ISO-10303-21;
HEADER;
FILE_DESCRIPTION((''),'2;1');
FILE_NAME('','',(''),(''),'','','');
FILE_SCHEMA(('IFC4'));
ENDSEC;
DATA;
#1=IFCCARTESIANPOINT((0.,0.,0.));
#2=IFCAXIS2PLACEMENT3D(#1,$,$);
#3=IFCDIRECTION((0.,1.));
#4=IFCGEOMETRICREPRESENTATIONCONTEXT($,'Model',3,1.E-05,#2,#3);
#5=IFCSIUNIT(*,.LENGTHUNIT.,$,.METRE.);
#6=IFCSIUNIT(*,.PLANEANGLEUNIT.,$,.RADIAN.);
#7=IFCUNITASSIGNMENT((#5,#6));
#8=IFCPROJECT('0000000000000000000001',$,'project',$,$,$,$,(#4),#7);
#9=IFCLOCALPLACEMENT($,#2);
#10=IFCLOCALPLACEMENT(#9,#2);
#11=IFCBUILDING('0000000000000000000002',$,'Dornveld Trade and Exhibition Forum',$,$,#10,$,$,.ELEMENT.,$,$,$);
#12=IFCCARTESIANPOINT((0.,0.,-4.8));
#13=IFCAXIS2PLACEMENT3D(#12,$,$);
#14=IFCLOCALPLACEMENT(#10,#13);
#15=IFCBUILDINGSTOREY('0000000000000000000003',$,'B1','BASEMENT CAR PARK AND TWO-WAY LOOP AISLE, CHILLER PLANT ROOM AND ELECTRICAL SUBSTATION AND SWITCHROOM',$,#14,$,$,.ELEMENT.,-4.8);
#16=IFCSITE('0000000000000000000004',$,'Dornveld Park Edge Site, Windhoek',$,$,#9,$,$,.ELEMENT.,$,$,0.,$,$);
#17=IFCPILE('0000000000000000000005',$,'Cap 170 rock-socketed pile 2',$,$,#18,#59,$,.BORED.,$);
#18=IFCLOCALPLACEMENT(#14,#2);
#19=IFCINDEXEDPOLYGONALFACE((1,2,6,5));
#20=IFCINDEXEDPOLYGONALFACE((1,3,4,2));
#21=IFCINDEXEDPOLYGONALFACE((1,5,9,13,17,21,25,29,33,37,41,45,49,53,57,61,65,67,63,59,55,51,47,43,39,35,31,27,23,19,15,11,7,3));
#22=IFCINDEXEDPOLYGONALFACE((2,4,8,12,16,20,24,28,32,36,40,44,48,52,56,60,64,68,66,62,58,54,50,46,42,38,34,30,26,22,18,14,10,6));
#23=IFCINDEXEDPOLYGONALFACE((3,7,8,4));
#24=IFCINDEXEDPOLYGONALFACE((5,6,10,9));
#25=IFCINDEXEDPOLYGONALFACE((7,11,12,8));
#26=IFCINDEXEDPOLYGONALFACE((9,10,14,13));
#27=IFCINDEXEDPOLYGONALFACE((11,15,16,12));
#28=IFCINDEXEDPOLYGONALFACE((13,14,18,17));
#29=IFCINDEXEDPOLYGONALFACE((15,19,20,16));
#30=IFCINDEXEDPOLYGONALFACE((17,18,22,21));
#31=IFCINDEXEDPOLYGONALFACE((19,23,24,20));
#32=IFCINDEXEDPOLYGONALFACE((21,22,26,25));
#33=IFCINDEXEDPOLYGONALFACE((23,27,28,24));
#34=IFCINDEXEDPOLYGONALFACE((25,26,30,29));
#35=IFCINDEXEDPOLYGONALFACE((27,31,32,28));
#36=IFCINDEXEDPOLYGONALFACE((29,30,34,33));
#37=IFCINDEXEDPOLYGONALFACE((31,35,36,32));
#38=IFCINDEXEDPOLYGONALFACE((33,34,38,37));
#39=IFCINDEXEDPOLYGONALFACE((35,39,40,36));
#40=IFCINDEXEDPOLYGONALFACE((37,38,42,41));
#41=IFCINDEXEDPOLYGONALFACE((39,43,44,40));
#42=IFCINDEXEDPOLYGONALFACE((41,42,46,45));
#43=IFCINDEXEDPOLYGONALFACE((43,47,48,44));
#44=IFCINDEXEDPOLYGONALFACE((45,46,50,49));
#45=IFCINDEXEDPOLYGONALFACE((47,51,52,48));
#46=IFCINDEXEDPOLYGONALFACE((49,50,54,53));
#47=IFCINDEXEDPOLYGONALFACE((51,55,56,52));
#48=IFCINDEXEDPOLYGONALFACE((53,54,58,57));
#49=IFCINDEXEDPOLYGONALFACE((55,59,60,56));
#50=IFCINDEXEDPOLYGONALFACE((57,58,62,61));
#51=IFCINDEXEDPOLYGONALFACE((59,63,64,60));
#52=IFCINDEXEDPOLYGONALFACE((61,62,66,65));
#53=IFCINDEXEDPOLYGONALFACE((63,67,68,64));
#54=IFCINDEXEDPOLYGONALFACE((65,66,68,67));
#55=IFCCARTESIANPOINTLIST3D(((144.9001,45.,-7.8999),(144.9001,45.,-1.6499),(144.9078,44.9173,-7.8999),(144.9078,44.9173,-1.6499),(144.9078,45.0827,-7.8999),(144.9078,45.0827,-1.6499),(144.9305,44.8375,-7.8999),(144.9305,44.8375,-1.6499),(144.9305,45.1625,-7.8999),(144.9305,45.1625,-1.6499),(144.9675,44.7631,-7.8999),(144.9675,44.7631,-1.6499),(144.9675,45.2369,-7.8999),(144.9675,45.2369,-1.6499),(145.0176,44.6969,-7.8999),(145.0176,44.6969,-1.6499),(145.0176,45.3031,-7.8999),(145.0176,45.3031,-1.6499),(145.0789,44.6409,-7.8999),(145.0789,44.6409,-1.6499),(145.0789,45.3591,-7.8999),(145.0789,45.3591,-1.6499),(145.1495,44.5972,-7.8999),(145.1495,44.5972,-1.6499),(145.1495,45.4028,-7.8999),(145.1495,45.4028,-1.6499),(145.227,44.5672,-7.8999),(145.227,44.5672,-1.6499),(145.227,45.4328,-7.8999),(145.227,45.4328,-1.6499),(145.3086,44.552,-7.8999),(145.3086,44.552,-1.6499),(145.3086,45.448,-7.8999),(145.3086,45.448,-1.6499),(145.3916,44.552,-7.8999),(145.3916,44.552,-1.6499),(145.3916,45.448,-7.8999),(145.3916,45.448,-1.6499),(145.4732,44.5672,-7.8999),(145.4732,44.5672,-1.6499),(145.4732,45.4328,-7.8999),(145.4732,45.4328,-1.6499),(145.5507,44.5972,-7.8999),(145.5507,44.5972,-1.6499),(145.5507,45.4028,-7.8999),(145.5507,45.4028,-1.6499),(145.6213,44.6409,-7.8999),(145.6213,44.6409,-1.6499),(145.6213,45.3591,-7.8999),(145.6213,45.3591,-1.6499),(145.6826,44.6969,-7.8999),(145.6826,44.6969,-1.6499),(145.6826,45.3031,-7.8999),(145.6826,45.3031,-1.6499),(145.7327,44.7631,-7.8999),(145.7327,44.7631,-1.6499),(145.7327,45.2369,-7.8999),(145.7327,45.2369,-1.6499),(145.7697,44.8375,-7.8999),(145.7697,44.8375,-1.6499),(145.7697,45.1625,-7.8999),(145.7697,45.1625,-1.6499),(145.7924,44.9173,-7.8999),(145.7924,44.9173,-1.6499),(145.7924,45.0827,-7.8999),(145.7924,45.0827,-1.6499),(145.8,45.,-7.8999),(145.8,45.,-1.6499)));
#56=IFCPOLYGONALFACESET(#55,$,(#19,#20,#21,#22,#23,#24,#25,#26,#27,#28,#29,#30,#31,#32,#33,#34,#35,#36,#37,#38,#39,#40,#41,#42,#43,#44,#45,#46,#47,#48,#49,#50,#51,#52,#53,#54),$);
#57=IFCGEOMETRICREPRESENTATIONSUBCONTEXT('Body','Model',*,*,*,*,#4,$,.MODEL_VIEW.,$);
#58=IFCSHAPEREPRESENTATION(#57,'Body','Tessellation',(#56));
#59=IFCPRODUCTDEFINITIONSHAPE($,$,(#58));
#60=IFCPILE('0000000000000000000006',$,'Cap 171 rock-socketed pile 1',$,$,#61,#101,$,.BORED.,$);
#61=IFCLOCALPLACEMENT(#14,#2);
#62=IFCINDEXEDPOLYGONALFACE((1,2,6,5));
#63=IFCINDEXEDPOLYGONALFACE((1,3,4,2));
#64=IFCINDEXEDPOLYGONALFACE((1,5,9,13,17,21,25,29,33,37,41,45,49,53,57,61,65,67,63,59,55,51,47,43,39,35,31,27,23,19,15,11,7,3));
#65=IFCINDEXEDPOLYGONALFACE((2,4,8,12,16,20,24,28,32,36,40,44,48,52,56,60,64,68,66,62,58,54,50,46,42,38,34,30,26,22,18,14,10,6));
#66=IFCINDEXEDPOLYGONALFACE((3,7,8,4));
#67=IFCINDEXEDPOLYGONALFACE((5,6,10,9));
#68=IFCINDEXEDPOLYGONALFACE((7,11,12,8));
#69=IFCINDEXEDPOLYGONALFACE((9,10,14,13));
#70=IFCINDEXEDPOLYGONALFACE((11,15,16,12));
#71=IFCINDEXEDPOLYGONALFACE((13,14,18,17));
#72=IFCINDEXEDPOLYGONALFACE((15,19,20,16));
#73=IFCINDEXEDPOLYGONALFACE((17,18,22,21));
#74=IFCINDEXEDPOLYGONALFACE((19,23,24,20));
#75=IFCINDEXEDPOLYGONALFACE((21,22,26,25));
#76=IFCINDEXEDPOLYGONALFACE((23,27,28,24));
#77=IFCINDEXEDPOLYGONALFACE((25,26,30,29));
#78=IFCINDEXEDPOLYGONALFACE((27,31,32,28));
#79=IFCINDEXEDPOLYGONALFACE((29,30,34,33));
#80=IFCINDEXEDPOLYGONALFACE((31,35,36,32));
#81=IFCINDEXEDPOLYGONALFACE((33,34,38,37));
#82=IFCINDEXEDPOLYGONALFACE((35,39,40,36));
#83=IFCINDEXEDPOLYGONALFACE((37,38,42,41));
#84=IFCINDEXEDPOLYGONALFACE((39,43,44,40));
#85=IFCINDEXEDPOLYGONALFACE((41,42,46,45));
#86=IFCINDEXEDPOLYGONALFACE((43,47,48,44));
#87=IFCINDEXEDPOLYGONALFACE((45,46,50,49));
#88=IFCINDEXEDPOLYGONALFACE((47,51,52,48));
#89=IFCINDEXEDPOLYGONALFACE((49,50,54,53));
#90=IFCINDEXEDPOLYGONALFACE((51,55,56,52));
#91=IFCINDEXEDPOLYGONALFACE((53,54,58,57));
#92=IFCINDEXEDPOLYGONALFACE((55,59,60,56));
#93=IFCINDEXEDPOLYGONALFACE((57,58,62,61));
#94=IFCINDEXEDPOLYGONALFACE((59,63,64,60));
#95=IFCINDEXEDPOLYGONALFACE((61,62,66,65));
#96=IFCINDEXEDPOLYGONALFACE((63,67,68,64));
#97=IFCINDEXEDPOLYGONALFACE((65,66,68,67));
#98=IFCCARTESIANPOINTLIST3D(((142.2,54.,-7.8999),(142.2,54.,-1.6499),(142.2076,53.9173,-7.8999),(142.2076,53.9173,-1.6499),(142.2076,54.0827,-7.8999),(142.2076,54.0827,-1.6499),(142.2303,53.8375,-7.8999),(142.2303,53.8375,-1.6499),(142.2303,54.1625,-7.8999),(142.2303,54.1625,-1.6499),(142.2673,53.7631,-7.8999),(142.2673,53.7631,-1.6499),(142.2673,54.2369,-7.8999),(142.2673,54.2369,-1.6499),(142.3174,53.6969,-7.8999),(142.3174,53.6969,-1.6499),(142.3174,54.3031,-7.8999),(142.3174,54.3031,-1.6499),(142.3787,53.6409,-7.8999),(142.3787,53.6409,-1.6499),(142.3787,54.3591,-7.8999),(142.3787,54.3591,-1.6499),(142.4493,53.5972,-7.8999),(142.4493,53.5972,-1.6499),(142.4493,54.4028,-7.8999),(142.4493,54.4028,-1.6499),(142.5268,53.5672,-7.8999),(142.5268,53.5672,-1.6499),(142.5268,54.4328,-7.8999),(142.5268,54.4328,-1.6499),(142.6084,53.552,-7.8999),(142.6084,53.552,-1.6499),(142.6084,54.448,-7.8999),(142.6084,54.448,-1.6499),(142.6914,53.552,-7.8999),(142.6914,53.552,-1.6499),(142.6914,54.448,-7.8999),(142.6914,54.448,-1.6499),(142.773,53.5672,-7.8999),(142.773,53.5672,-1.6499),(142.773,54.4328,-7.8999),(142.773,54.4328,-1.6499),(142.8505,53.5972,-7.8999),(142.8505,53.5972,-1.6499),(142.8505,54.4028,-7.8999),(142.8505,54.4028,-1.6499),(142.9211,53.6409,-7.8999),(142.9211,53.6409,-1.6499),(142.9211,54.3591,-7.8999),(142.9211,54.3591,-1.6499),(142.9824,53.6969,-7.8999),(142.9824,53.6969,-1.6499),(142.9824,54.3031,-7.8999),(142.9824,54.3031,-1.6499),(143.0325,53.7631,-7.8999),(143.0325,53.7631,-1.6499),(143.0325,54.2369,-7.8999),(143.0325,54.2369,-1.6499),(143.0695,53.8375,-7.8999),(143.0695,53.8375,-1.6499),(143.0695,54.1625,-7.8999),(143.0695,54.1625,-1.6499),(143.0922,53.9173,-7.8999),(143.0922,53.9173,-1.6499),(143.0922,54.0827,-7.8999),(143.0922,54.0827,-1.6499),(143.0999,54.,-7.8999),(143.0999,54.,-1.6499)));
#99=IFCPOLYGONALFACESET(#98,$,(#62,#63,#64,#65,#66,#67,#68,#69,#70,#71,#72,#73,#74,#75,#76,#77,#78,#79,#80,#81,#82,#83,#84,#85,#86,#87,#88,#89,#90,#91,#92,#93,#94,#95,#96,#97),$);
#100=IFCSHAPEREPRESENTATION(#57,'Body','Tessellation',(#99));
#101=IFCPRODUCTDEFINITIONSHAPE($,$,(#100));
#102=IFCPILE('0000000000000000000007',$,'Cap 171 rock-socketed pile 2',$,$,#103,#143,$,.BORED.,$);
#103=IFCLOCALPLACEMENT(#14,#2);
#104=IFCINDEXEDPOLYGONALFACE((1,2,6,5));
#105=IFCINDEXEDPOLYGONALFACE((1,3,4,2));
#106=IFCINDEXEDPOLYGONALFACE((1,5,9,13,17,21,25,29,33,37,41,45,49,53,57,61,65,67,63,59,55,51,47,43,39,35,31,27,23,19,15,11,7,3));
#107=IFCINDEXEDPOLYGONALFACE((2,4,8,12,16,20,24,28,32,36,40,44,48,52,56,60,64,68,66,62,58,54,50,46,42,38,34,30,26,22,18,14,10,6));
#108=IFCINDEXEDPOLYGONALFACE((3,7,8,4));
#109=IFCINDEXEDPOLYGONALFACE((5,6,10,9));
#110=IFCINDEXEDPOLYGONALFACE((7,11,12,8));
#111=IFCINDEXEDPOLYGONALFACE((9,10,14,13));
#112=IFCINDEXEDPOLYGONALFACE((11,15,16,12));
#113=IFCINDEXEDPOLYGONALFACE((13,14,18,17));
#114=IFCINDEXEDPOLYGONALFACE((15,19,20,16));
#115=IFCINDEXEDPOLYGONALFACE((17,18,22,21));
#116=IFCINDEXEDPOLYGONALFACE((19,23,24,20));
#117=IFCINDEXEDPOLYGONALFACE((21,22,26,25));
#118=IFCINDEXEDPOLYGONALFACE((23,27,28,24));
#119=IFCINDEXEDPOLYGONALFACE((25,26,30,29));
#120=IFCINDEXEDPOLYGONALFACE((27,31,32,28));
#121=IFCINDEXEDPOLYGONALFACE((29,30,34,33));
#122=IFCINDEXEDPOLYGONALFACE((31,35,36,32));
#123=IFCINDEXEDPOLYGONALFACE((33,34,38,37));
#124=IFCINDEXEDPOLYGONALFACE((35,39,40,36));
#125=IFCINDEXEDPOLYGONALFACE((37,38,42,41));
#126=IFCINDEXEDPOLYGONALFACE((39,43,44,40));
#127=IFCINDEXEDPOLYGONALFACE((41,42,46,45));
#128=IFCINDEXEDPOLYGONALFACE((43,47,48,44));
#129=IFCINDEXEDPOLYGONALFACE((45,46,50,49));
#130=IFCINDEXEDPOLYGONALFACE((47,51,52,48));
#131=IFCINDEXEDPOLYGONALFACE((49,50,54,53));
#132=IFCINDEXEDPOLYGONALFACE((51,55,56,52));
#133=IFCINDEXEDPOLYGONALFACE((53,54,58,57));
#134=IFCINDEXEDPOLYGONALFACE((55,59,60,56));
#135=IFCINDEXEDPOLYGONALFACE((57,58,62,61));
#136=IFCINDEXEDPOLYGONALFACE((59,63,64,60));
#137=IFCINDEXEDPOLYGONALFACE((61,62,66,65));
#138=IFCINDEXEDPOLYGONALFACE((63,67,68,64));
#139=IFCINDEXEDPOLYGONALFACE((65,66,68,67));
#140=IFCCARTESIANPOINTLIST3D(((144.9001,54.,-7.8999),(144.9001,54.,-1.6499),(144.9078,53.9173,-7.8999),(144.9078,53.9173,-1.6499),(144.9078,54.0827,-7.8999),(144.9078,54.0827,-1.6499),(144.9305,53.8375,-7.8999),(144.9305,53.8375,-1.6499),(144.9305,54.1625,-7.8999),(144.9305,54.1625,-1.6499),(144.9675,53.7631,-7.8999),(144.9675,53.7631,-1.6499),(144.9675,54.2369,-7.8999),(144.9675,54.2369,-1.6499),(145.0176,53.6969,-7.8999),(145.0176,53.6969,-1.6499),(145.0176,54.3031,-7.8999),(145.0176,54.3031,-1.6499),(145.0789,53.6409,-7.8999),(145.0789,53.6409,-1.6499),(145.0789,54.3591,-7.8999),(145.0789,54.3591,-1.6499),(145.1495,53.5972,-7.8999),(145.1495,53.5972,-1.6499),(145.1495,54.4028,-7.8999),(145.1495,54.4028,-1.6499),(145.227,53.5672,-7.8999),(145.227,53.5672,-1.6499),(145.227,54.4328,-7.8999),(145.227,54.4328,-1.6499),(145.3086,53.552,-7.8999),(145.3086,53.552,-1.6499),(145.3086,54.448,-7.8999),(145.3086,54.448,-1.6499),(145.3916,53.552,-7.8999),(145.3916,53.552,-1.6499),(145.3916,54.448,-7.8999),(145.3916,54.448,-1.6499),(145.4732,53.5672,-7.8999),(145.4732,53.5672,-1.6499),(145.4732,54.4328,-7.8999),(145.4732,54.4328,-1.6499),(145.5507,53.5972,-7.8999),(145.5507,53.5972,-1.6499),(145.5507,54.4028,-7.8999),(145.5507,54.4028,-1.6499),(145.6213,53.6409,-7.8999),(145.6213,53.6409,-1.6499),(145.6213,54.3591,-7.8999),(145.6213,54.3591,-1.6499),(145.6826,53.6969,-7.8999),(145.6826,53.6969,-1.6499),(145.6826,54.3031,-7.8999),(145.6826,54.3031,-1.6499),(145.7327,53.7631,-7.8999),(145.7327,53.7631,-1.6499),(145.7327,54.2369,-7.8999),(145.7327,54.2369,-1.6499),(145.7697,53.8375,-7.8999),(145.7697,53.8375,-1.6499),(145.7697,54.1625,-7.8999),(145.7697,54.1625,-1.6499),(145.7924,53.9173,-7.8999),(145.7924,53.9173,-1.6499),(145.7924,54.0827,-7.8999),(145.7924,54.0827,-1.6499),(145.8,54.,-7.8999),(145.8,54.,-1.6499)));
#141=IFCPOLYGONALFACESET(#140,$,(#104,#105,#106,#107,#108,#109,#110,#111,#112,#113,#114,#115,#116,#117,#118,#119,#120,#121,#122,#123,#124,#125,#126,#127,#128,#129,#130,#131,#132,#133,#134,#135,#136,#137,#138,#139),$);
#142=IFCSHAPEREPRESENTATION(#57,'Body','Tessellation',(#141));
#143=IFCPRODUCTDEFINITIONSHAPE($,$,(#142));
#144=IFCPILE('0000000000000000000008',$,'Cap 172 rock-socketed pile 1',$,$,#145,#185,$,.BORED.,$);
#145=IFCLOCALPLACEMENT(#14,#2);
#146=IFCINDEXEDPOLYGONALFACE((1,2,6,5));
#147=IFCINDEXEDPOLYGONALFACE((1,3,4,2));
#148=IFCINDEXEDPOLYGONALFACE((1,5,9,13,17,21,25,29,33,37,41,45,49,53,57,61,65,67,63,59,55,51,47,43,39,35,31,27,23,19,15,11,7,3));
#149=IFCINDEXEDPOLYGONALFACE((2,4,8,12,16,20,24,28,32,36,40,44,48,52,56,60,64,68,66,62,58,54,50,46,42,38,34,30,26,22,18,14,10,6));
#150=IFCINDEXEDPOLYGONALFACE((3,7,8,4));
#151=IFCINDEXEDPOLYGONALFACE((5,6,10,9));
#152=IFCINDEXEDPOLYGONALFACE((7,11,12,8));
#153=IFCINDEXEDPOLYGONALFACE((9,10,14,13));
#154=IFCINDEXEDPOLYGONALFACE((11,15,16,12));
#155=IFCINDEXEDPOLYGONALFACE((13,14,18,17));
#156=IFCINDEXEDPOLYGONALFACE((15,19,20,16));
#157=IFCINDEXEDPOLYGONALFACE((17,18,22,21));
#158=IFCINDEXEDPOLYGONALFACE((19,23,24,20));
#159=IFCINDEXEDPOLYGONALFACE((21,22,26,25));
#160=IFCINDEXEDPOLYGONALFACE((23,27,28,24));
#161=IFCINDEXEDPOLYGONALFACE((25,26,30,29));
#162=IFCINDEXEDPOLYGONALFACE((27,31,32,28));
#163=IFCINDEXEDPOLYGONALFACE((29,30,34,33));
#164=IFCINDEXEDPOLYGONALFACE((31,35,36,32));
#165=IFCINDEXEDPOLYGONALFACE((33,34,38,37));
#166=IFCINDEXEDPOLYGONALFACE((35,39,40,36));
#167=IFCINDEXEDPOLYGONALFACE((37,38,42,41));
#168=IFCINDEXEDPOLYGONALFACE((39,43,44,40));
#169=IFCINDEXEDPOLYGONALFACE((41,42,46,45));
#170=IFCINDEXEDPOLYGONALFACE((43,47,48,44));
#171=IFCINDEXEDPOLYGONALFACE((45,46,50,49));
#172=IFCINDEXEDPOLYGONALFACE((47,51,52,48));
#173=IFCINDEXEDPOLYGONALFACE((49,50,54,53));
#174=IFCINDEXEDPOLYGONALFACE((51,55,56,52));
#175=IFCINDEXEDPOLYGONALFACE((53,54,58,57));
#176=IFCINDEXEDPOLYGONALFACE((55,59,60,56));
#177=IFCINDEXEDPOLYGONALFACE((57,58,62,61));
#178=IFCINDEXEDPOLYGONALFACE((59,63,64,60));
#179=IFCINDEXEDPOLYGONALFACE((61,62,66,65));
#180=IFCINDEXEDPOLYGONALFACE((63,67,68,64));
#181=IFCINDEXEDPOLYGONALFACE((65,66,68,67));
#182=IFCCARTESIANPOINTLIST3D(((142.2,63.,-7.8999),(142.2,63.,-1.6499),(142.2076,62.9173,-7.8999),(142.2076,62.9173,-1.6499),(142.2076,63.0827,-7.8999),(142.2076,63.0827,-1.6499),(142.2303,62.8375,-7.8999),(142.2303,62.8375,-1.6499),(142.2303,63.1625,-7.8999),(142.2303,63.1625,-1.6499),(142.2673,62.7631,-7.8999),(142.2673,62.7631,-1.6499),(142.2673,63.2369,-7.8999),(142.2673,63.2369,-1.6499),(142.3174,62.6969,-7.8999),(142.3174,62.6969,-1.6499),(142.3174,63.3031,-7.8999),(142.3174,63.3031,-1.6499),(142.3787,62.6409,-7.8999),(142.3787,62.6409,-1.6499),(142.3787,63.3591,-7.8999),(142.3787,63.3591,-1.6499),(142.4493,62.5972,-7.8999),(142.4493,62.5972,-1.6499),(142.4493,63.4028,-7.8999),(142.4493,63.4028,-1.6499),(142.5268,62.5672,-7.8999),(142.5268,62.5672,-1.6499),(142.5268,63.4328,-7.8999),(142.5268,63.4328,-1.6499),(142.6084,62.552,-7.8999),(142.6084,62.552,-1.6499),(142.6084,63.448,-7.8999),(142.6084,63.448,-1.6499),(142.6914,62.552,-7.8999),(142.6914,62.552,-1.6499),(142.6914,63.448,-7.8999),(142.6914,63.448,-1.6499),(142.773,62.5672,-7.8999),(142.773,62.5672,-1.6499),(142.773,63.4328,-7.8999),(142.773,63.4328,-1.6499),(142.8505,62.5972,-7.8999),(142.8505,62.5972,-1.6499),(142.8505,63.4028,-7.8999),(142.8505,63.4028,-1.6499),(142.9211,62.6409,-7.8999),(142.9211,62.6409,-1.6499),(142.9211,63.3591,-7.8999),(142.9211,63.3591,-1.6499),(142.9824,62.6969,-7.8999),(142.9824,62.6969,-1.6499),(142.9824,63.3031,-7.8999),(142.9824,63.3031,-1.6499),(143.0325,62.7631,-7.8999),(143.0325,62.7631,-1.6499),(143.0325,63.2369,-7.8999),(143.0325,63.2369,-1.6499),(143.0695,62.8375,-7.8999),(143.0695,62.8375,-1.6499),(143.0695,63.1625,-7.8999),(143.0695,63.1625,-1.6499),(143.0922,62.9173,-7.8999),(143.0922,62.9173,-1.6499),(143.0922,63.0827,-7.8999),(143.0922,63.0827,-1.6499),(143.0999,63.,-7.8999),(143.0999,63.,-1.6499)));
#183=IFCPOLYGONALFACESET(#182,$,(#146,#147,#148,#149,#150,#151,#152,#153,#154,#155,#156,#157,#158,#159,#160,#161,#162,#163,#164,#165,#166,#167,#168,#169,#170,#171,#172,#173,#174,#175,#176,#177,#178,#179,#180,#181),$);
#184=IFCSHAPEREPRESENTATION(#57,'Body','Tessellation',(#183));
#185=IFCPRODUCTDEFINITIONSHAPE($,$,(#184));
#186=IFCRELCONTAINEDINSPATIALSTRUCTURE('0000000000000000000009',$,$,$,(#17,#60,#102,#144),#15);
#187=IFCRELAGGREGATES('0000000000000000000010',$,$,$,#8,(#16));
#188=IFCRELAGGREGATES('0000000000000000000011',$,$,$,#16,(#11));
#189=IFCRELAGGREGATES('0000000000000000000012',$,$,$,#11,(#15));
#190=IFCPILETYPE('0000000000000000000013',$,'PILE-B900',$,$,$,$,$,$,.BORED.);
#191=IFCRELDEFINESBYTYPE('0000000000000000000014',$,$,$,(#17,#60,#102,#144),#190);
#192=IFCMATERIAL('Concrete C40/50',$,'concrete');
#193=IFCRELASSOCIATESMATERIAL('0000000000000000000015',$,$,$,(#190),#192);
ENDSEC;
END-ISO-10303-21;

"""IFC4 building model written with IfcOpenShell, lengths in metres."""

from ifc_helpers import new_model, si_unit, direction, frame, origin, origin_2d, place, context, subcontext, project, spatial, circle, extrude, material, material_profile, profile_set, type_object, element, save


model = new_model("IFC4")

# Units and contexts
model_context = context("Model", 3, precision=1e-05, world=origin(), true_north=direction((0.0, 1.0)))
body_context = subcontext(model_context, "Body", "Model", "MODEL_VIEW")
ifc_project = project(units=[si_unit("LENGTHUNIT", "METRE"), si_unit("PLANEANGLEUNIT", "RADIAN")], contexts=[model_context])

# Site, building, storey
site_placement = place(None, origin())
site = spatial("IfcSite", under=ifc_project, at=site_placement, Name="Dornveld Park Edge Site, Windhoek", CompositionType="ELEMENT", RefElevation=0.0)
building_placement = place(site_placement, origin())
building = spatial("IfcBuilding", under=site, at=building_placement, Name="Dornveld Trade and Exhibition Forum", CompositionType="ELEMENT")
storey_placement = place(building_placement, frame((0.0, 0.0, -4.8)))
storey = spatial("IfcBuildingStorey", under=building, at=storey_placement, Name="B1", Description="BASEMENT CAR PARK AND TWO-WAY LOOP AISLE, CHILLER PLANT ROOM AND ELECTRICAL SUBSTATION AND SWITCHROOM", CompositionType="ELEMENT", Elevation=-4.8)

# Piles
ifc_material_1 = material(Name="Concrete C40/50", Category="concrete")
ifc_material_profile_1 = material_profile(ifc_material_1, circle(Radius=0.45, at=origin_2d()), Name="PILE D900")
ifc_profile_set_1 = profile_set([ifc_material_profile_1], Name="Concrete C40/50")
pile_type = type_object("IfcPileType", Name="PILE-B900", PredefinedType="BORED", material=ifc_profile_set_1)
for number, where, z_axis, x_axis, name in (
    (1, (145.3501, 45.0, -1.6499), (0.0, 0.0, -1.0), (1.0, 0.0, 0.0), "Cap 170 rock-socketed pile 2"),
    (2, (142.6499, 54.0, -1.6499), (0.0, 0.0, -1.0), (1.0, 0.0, 0.0), "Cap 171 rock-socketed pile 1"),
    (3, (145.3501, 54.0, -1.6499), (0.0, 0.0, -1.0), (1.0, 0.0, 0.0), "Cap 171 rock-socketed pile 2"),
    (4, (142.6499, 63.0, -1.6499), (0.0, 0.0, -1.0), (1.0, 0.0, 0.0), "Cap 172 rock-socketed pile 1"),
):
    element("IfcPile", number, at=place(storey_placement, frame(where, z_axis=z_axis, x_axis=x_axis)), inside=storey, type_object=pile_type, Name=name, PredefinedType="BORED", context=body_context, shape_type="SweptSolid", body=[
        extrude(circle(Radius=0.45, at=origin_2d()), origin(), (0.0, 0.0, 1.0), 6.25),
    ])

save(model, "model.ifc")
